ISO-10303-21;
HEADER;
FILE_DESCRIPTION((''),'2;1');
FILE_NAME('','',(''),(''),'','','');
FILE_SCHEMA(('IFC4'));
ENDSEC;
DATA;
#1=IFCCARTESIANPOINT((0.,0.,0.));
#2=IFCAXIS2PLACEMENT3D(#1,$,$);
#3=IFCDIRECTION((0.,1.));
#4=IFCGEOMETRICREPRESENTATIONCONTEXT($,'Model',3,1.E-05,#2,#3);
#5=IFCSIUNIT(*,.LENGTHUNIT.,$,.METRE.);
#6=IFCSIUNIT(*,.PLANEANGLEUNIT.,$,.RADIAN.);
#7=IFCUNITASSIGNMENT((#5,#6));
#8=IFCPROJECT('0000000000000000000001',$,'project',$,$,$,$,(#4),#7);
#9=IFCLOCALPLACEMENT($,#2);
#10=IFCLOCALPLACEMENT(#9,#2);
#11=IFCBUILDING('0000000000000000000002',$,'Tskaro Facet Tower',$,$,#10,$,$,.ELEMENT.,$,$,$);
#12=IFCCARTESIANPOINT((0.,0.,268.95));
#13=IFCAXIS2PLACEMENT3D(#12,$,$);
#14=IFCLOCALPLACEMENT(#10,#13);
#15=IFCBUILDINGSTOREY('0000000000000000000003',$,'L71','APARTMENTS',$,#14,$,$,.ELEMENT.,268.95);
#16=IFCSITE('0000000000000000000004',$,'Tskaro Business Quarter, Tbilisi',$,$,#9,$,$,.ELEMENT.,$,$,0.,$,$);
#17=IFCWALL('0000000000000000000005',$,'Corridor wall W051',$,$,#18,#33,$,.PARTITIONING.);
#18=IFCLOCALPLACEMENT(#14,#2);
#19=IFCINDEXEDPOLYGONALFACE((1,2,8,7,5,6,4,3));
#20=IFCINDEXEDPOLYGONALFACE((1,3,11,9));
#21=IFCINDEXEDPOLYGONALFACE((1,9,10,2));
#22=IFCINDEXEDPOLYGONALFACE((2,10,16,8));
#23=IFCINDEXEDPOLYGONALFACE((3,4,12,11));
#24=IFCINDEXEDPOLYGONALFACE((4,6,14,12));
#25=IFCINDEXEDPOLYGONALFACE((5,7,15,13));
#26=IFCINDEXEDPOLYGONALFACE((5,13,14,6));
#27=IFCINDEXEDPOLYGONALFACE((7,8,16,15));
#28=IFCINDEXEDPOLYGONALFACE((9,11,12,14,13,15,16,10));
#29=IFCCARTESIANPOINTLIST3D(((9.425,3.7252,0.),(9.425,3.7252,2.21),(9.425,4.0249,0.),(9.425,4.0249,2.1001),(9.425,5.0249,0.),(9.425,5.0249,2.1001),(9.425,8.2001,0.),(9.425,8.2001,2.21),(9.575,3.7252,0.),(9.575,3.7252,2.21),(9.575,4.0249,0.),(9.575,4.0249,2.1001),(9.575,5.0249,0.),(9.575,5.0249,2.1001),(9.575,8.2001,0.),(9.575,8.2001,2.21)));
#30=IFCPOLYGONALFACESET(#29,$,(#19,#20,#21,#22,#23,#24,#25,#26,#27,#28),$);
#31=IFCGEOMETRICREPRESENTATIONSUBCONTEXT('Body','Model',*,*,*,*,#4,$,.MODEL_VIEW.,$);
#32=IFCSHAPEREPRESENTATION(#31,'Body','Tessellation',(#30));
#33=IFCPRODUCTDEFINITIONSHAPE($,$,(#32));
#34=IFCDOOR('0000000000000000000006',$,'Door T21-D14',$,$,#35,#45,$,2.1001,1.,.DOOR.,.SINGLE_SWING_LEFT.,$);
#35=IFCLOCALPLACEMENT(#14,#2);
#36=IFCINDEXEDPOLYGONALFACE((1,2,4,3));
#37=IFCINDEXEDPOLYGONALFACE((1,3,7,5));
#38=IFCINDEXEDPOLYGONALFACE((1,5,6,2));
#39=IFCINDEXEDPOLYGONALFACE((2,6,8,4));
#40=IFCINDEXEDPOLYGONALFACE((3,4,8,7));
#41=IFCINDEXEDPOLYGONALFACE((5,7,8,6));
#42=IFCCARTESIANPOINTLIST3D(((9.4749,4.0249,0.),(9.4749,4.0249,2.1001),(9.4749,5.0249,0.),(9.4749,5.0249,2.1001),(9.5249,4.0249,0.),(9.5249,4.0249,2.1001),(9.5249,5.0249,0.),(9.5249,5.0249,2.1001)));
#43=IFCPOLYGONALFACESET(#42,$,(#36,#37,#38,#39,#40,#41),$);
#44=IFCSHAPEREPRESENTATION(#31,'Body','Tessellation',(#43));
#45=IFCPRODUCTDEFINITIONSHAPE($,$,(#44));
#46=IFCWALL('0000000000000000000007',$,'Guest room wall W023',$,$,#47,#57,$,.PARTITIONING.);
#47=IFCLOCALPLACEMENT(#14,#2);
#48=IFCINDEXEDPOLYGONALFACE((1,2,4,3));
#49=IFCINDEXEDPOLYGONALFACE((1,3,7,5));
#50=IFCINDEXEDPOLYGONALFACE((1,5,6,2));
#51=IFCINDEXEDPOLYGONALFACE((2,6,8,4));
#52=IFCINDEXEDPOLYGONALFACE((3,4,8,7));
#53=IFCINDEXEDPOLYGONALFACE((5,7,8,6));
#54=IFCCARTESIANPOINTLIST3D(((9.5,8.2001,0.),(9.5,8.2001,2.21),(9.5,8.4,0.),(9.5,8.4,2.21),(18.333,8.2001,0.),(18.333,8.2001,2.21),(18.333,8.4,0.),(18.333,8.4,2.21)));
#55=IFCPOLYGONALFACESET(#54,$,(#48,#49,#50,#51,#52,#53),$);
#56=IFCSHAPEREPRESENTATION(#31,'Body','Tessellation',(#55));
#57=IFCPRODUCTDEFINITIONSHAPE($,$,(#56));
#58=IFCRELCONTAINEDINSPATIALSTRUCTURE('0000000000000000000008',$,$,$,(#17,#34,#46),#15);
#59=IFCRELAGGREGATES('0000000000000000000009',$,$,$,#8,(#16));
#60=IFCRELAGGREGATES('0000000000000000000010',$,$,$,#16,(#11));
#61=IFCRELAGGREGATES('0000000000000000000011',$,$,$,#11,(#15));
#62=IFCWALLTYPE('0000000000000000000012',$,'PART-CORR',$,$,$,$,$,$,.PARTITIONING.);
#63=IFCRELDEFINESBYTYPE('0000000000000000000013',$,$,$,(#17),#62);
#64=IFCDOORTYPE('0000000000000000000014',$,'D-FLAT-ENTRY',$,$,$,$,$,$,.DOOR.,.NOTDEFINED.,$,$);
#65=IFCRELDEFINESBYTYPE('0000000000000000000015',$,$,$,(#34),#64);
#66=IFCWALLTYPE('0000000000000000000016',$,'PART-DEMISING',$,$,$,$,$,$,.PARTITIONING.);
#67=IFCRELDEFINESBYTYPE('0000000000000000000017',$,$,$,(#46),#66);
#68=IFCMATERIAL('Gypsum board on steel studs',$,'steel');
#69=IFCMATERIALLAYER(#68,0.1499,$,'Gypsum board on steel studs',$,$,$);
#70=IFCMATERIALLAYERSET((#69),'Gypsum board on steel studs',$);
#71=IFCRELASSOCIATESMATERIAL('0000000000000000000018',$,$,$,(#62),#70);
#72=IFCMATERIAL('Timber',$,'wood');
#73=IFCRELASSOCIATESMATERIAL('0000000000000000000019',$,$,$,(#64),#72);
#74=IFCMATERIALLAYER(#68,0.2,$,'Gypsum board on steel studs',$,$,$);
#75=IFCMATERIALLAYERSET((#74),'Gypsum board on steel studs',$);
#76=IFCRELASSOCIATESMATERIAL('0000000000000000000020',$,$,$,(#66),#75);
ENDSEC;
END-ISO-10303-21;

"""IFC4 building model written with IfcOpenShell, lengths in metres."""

from ifc_helpers import new_model, si_unit, direction, frame, frame_2d, origin, place, context, subcontext, project, spatial, rectangle, extrude, material, layer, layer_set, type_object, element, fill, save


model = new_model("IFC4")

# Units and contexts
model_context = context("Model", 3, precision=1e-05, world=origin(), true_north=direction((0.0, 1.0)))
body_context = subcontext(model_context, "Body", "Model", "MODEL_VIEW")
ifc_project = project(units=[si_unit("LENGTHUNIT", "METRE"), si_unit("PLANEANGLEUNIT", "RADIAN")], contexts=[model_context])

# Site, building, storey
site_placement = place(None, origin())
site = spatial("IfcSite", under=ifc_project, at=site_placement, Name="Tskaro Business Quarter, Tbilisi", CompositionType="ELEMENT", RefElevation=0.0)
building_placement = place(site_placement, origin())
building = spatial("IfcBuilding", under=site, at=building_placement, Name="Tskaro Facet Tower", CompositionType="ELEMENT")
storey_placement = place(building_placement, frame((0.0, 0.0, 268.95)))
storey = spatial("IfcBuildingStorey", under=building, at=storey_placement, Name="L71", Description="APARTMENTS", CompositionType="ELEMENT", Elevation=268.95)

# Shared definitions
ifc_material_1 = material(Name="Timber", Category="wood")

# Shared definitions
ifc_material_2 = material(Name="Gypsum board on steel studs", Category="steel")

# Shared definitions
ifc_layer_1 = layer(ifc_material_2, 0.1499, Name="Gypsum board on steel studs")
ifc_layer_set_1 = layer_set([ifc_layer_1], Name="Gypsum board on steel studs")
wall_type_1 = type_object("IfcWallType", Name="PART-CORR", PredefinedType="PARTITIONING", material=ifc_layer_set_1)

# Wall, opening, door
wall_1_placement = place(storey_placement, frame((9.5, 8.2, 0.0), z_axis=(0.0, 0.0, 1.0), x_axis=(0.0, -1.0, 0.0)))
wall_1 = element("IfcWall", 1, at=wall_1_placement, inside=storey, type_object=wall_type_1, Name="Corridor wall W051", PredefinedType="PARTITIONING", context=body_context, shape_type="SweptSolid", body=[
    extrude(rectangle(XDim=4.4749, YDim=0.1499, at=frame_2d((2.2373, 0.0))), origin(), (0.0, 0.0, 1.0), 2.21),
])
opening_1_placement = place(wall_1_placement, frame((3.175, 0.0, 0.0)))
opening_1 = element("IfcOpeningElement", 2, at=opening_1_placement, cuts=wall_1, PredefinedType="OPENING", context=body_context, shape_type="SweptSolid", body=[
    extrude(rectangle(XDim=1.0, YDim=2.1001, at=frame_2d((0.5, 1.05))), frame((0.0, 0.085, 0.0), z_axis=(0.0, -1.0, 0.0), x_axis=(1.0, 0.0, 0.0)), (0.0, 0.0, 1.0), 0.1699),
])
door_type_1 = type_object("IfcDoorType", Name="D-FLAT-ENTRY", OperationType="NOTDEFINED", PredefinedType="DOOR", material=ifc_material_1)
door_1_placement = place(opening_1_placement, origin())
door_1 = element("IfcDoor", 3, at=door_1_placement, inside=storey, type_object=door_type_1, Name="Door T21-D14", OperationType="SINGLE_SWING_LEFT", OverallHeight=2.1001, OverallWidth=1.0, PredefinedType="DOOR", context=body_context, shape_type="SweptSolid", body=[
    extrude(rectangle(XDim=1.0, YDim=2.1001, at=frame_2d((0.5, 1.05))), frame((0.0, 0.0249, 0.0), z_axis=(0.0, -1.0, 0.0), x_axis=(1.0, 0.0, 0.0)), (0.0, 0.0, 1.0), 0.05),
])
fill(opening_1, door_1)

# Wall
ifc_layer_2 = layer(ifc_material_2, 0.2, Name="Gypsum board on steel studs")
ifc_layer_set_2 = layer_set([ifc_layer_2], Name="Gypsum board on steel studs")
wall_type_2 = type_object("IfcWallType", Name="PART-DEMISING", PredefinedType="PARTITIONING", material=ifc_layer_set_2)
wall_2_placement = place(storey_placement, frame((9.5, 8.3, 0.0), z_axis=(0.0, 0.0, 1.0), x_axis=(1.0, 0.0, 0.0)))
element("IfcWall", 4, at=wall_2_placement, inside=storey, type_object=wall_type_2, Name="Guest room wall W023", PredefinedType="PARTITIONING", context=body_context, shape_type="SweptSolid", body=[
    extrude(rectangle(XDim=8.833, YDim=0.2, at=frame_2d((4.4165, 0.0))), origin(), (0.0, 0.0, 1.0), 2.21),
])

save(model, "model.ifc")
